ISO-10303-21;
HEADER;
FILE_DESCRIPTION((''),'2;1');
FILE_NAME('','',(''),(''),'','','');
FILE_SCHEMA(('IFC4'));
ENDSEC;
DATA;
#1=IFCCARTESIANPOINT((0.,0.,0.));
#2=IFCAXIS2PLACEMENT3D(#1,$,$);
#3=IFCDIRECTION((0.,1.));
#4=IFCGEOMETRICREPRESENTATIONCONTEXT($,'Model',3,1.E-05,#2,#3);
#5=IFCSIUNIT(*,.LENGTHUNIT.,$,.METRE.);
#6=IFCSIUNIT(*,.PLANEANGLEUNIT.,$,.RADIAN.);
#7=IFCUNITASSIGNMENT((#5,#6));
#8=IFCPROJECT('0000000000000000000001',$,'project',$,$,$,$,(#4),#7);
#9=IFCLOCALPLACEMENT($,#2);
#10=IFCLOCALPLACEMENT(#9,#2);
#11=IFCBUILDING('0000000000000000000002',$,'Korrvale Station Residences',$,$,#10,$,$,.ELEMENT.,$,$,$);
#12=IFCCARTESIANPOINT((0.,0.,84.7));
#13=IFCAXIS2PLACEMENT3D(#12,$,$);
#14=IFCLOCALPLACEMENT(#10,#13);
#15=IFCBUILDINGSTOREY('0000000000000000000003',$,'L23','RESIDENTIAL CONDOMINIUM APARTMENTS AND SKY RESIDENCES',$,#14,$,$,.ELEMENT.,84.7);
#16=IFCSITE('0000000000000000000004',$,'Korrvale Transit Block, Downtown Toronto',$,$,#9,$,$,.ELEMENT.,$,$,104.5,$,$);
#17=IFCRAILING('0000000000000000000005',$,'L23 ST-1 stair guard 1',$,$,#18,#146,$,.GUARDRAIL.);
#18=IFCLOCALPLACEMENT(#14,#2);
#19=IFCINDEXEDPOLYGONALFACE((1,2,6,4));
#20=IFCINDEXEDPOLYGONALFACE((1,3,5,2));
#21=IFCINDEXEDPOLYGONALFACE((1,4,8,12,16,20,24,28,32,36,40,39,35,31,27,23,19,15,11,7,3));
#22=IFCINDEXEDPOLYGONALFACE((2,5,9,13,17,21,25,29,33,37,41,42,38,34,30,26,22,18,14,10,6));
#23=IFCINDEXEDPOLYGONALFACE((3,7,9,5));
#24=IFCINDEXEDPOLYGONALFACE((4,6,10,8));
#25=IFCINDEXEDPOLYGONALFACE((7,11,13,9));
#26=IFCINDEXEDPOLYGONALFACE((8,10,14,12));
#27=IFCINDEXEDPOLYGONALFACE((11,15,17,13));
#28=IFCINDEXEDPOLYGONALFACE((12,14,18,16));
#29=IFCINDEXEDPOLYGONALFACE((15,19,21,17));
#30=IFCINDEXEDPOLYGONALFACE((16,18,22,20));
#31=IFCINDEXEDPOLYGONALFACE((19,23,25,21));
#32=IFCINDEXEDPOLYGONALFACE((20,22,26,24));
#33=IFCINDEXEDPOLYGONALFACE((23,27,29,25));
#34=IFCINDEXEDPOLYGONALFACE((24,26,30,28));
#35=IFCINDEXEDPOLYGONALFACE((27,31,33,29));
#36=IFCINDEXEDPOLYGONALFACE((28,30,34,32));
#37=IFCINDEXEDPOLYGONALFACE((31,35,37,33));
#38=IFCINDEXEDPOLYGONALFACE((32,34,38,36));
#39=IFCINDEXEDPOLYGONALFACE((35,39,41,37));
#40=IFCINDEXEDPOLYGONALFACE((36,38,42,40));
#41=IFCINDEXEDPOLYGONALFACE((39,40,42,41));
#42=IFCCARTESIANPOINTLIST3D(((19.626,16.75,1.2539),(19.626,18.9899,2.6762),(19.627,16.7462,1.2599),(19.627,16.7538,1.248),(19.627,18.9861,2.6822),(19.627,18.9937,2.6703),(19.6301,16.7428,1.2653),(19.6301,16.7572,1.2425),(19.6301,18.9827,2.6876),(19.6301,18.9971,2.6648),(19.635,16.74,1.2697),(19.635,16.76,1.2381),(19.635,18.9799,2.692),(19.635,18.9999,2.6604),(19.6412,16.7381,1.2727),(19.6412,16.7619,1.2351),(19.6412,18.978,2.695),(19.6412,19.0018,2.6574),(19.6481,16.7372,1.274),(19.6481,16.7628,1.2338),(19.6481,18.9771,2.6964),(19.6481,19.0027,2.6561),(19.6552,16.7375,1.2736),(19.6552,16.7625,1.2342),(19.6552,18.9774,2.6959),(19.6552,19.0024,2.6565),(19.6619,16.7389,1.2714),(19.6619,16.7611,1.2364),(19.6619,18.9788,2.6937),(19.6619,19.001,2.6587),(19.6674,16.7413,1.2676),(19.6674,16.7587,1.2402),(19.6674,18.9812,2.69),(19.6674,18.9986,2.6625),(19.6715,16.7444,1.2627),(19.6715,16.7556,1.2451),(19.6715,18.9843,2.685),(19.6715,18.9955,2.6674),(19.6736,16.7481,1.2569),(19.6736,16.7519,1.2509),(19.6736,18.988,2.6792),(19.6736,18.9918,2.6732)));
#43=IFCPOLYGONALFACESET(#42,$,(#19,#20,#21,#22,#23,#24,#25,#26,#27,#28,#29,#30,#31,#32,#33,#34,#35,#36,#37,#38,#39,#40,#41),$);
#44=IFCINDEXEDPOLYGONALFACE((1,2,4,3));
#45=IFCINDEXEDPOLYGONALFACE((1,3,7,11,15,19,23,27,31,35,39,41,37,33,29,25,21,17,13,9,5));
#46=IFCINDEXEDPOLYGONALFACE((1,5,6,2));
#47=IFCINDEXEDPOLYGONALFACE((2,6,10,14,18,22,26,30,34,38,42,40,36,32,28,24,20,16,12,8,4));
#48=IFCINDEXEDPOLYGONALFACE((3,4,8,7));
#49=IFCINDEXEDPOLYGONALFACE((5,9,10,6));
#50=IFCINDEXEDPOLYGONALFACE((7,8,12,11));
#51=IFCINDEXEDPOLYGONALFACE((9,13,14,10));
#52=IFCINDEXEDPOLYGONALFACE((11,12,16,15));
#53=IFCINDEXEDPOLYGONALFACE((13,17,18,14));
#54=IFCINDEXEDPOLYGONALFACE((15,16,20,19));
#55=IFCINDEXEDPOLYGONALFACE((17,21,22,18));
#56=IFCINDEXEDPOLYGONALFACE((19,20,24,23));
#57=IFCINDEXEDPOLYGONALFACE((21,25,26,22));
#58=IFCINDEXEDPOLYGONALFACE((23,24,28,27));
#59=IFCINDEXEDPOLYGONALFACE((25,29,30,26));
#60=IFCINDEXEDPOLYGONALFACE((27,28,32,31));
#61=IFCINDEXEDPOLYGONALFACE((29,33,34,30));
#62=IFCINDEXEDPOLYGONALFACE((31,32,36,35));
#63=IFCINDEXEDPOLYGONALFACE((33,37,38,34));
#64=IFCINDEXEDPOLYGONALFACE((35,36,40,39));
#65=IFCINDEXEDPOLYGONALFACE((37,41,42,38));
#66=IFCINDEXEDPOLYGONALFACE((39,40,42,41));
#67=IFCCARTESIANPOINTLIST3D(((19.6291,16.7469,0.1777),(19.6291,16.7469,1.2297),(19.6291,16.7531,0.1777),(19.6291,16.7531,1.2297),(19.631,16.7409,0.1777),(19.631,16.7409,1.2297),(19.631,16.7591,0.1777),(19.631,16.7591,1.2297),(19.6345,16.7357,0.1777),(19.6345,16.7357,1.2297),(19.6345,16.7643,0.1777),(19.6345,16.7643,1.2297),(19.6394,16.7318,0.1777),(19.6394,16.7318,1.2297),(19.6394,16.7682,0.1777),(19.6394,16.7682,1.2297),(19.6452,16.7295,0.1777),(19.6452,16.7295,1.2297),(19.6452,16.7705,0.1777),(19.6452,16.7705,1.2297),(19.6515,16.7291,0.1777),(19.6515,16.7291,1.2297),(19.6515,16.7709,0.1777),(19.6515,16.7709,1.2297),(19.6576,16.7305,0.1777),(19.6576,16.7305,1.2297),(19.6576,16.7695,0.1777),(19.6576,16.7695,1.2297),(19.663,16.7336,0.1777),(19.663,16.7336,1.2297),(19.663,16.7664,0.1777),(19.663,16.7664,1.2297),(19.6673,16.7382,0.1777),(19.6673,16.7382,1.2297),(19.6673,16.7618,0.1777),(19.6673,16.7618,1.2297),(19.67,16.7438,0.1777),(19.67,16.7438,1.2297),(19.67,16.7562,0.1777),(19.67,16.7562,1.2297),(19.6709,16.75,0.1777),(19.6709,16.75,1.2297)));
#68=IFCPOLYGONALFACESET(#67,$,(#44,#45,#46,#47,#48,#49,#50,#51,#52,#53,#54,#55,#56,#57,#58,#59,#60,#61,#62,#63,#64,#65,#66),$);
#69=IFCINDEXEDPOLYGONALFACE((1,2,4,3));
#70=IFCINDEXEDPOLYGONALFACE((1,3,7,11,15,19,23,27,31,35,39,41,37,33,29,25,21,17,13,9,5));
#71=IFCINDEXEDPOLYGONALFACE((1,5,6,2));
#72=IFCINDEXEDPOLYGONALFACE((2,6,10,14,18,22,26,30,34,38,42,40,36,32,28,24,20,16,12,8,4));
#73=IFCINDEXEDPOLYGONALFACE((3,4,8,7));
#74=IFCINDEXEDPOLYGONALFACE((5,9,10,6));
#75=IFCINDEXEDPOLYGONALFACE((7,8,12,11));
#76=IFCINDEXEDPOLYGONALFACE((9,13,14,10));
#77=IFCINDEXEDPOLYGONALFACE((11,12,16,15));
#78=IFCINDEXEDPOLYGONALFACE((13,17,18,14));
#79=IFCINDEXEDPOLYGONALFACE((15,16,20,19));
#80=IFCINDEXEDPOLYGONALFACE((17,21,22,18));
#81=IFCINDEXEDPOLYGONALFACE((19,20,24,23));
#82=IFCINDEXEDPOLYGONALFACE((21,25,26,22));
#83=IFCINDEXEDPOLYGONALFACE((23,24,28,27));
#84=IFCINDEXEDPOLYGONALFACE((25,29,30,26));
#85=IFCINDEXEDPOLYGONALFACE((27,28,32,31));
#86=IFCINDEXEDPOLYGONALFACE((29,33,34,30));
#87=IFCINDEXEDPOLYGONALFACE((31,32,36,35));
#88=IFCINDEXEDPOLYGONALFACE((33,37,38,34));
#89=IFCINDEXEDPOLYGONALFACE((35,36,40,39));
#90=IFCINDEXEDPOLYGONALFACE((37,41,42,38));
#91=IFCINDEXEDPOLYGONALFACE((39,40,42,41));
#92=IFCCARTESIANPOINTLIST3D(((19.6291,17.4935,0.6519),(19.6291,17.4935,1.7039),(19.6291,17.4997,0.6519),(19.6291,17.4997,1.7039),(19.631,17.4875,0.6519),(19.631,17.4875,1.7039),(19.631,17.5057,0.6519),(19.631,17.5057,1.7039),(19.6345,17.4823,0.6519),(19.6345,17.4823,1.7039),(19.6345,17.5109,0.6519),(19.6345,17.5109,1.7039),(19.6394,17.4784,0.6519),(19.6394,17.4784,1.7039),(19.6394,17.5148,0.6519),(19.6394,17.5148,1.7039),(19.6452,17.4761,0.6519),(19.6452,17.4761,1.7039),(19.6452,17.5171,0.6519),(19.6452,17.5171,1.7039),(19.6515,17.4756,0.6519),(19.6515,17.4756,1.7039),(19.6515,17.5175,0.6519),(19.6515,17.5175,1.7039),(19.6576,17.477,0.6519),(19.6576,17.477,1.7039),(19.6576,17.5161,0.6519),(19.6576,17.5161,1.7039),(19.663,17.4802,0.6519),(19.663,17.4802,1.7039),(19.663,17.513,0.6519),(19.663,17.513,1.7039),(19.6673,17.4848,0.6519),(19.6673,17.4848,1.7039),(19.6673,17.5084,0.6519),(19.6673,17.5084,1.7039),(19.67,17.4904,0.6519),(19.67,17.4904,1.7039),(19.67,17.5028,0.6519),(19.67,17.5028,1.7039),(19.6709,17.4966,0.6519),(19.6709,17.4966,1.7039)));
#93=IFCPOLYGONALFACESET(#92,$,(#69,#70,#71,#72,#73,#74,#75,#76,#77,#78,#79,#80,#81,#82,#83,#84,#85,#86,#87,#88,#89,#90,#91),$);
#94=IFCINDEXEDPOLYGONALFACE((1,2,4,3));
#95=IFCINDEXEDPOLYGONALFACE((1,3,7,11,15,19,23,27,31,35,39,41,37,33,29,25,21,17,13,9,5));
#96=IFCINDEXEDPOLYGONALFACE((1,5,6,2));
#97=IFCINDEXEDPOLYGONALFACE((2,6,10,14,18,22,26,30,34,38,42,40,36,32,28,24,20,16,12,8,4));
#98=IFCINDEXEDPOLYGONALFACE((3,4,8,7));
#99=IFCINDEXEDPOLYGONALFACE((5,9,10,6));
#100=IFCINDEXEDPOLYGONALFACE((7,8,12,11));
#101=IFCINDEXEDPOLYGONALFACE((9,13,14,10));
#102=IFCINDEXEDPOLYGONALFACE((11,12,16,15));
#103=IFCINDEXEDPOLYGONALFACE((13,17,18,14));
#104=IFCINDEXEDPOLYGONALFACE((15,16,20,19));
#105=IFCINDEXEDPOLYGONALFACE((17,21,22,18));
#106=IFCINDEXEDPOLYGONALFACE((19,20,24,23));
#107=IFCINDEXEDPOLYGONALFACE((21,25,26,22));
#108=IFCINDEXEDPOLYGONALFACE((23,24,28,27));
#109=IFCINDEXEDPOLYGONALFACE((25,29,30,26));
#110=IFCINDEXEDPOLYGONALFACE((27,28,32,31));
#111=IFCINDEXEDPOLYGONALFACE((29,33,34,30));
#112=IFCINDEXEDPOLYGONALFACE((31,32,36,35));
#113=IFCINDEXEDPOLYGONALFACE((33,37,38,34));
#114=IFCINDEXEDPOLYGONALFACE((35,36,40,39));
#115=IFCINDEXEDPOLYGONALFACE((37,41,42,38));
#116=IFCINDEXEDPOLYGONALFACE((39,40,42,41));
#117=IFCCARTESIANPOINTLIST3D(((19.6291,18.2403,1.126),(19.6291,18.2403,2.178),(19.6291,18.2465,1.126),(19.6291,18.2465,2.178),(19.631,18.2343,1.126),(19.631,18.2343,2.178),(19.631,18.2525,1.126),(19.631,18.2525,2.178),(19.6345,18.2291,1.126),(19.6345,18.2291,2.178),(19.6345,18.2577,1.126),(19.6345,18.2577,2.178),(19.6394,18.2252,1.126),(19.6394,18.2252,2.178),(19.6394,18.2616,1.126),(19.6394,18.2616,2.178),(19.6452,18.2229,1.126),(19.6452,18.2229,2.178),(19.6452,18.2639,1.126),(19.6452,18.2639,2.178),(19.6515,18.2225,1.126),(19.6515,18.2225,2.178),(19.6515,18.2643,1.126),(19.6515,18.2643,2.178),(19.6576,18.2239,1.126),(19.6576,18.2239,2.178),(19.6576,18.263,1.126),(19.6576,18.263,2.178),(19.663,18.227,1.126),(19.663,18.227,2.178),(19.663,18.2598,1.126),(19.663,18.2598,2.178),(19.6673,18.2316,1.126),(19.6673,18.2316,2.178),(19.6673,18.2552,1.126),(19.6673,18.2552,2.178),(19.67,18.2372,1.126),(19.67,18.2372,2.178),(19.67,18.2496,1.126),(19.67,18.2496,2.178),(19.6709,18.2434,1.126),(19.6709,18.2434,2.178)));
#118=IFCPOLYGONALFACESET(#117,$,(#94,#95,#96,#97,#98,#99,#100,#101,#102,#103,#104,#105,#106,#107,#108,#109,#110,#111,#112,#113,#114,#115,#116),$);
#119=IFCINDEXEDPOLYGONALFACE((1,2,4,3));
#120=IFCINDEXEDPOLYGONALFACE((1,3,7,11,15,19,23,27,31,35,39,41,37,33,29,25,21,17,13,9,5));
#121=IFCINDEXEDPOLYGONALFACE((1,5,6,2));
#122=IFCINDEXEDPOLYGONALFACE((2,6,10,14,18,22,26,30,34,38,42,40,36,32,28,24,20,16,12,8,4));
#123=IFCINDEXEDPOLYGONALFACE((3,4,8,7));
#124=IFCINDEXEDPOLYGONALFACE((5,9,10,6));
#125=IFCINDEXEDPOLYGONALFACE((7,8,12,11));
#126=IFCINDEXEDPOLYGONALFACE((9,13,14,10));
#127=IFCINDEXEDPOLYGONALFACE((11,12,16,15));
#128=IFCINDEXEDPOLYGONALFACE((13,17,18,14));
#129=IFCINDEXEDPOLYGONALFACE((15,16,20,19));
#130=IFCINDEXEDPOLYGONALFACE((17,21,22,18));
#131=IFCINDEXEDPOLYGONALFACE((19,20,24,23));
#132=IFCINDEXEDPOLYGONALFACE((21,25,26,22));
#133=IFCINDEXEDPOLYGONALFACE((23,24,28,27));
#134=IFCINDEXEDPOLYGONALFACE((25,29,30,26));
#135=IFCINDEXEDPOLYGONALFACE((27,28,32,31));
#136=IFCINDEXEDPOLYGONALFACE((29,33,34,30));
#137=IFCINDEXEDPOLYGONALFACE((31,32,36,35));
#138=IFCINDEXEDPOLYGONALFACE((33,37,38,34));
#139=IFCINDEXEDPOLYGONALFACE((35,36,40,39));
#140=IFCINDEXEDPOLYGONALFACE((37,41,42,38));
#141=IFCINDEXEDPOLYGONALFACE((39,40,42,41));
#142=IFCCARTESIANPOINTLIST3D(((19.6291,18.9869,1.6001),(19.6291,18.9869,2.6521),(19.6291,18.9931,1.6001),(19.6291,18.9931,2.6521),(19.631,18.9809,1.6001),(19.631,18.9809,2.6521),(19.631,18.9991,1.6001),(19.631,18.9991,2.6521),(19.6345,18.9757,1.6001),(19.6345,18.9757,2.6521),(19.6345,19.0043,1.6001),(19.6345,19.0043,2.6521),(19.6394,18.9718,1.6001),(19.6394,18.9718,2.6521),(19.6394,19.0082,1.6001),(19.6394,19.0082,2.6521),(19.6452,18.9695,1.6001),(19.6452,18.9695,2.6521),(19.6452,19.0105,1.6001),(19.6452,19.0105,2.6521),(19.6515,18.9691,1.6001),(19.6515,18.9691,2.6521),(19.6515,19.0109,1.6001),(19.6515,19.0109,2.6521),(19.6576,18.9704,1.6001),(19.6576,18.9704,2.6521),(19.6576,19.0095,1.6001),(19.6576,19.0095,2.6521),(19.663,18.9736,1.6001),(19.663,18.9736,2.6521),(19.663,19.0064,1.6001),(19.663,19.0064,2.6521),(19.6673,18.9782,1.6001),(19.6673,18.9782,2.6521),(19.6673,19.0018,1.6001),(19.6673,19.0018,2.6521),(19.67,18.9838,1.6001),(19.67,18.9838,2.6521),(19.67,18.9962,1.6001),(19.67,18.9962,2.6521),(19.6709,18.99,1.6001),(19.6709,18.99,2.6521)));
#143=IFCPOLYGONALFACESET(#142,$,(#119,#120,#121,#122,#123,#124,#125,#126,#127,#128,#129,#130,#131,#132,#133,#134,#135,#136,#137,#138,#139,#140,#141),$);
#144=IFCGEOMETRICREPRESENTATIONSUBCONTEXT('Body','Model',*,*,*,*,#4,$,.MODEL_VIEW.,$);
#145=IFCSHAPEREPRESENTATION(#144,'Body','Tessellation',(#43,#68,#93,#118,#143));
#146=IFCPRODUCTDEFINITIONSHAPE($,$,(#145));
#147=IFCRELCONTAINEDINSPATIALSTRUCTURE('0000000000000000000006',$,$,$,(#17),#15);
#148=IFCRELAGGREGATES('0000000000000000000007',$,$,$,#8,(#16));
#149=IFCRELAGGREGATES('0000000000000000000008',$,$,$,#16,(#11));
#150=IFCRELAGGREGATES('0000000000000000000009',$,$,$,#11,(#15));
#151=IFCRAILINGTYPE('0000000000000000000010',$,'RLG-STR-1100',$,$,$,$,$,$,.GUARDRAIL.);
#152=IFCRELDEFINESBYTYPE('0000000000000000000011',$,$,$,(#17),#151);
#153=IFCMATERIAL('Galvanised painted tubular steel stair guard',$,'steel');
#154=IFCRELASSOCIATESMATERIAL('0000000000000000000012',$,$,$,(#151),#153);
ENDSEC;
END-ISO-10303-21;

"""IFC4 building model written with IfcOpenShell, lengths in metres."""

from ifc_helpers import new_model, si_unit, direction, frame, origin, origin_2d, place, context, subcontext, project, spatial, circle, extrude, material, type_object, element, save


model = new_model("IFC4")

# Units and contexts
model_context = context("Model", 3, precision=1e-05, world=origin(), true_north=direction((0.0, 1.0)))
body_context = subcontext(model_context, "Body", "Model", "MODEL_VIEW")
ifc_project = project(units=[si_unit("LENGTHUNIT", "METRE"), si_unit("PLANEANGLEUNIT", "RADIAN")], contexts=[model_context])

# Site, building, storey
site_placement = place(None, origin())
site = spatial("IfcSite", under=ifc_project, at=site_placement, Name="Korrvale Transit Block, Downtown Toronto", CompositionType="ELEMENT", RefElevation=104.5)
building_placement = place(site_placement, origin())
building = spatial("IfcBuilding", under=site, at=building_placement, Name="Korrvale Station Residences", CompositionType="ELEMENT")
storey_placement = place(building_placement, frame((0.0, 0.0, 84.7)))
storey = spatial("IfcBuildingStorey", under=building, at=storey_placement, Name="L23", Description="RESIDENTIAL CONDOMINIUM APARTMENTS AND SKY RESIDENCES", CompositionType="ELEMENT", Elevation=84.7)

# Railing
ifc_material_1 = material(Name="Galvanised painted tubular steel stair guard", Category="steel")
railing_type_1 = type_object("IfcRailingType", Name="RLG-STR-1100", PredefinedType="GUARDRAIL", material=ifc_material_1)
railing_1_placement = place(storey_placement, frame((19.6499, 16.75, 0.1777)))
element("IfcRailing", 1, at=railing_1_placement, inside=storey, type_object=railing_type_1, Name="L23 ST-1 stair guard 1", PredefinedType="GUARDRAIL", context=body_context, shape_type="SweptSolid", body=[
    extrude(circle(Radius=0.0239, at=origin_2d()), frame((0.0, 0.0, 1.0762), z_axis=(0.0, 0.844188, 0.536048), x_axis=(-1.0, 0.0, 0.0)), (0.0, 0.0, 1.0), 2.6533),
    extrude(circle(Radius=0.021, at=origin_2d()), origin(), (0.0, 0.0, 1.0), 1.052),
    extrude(circle(Radius=0.021, at=origin_2d()), frame((0.0, 0.7466, 0.4741)), (0.0, 0.0, 1.0), 1.052),
    extrude(circle(Radius=0.021, at=origin_2d()), frame((0.0, 1.4934, 0.9482)), (0.0, 0.0, 1.0), 1.052),
    extrude(circle(Radius=0.021, at=origin_2d()), frame((0.0, 2.24, 1.4224)), (0.0, 0.0, 1.0), 1.052),
])

save(model, "model.ifc")
